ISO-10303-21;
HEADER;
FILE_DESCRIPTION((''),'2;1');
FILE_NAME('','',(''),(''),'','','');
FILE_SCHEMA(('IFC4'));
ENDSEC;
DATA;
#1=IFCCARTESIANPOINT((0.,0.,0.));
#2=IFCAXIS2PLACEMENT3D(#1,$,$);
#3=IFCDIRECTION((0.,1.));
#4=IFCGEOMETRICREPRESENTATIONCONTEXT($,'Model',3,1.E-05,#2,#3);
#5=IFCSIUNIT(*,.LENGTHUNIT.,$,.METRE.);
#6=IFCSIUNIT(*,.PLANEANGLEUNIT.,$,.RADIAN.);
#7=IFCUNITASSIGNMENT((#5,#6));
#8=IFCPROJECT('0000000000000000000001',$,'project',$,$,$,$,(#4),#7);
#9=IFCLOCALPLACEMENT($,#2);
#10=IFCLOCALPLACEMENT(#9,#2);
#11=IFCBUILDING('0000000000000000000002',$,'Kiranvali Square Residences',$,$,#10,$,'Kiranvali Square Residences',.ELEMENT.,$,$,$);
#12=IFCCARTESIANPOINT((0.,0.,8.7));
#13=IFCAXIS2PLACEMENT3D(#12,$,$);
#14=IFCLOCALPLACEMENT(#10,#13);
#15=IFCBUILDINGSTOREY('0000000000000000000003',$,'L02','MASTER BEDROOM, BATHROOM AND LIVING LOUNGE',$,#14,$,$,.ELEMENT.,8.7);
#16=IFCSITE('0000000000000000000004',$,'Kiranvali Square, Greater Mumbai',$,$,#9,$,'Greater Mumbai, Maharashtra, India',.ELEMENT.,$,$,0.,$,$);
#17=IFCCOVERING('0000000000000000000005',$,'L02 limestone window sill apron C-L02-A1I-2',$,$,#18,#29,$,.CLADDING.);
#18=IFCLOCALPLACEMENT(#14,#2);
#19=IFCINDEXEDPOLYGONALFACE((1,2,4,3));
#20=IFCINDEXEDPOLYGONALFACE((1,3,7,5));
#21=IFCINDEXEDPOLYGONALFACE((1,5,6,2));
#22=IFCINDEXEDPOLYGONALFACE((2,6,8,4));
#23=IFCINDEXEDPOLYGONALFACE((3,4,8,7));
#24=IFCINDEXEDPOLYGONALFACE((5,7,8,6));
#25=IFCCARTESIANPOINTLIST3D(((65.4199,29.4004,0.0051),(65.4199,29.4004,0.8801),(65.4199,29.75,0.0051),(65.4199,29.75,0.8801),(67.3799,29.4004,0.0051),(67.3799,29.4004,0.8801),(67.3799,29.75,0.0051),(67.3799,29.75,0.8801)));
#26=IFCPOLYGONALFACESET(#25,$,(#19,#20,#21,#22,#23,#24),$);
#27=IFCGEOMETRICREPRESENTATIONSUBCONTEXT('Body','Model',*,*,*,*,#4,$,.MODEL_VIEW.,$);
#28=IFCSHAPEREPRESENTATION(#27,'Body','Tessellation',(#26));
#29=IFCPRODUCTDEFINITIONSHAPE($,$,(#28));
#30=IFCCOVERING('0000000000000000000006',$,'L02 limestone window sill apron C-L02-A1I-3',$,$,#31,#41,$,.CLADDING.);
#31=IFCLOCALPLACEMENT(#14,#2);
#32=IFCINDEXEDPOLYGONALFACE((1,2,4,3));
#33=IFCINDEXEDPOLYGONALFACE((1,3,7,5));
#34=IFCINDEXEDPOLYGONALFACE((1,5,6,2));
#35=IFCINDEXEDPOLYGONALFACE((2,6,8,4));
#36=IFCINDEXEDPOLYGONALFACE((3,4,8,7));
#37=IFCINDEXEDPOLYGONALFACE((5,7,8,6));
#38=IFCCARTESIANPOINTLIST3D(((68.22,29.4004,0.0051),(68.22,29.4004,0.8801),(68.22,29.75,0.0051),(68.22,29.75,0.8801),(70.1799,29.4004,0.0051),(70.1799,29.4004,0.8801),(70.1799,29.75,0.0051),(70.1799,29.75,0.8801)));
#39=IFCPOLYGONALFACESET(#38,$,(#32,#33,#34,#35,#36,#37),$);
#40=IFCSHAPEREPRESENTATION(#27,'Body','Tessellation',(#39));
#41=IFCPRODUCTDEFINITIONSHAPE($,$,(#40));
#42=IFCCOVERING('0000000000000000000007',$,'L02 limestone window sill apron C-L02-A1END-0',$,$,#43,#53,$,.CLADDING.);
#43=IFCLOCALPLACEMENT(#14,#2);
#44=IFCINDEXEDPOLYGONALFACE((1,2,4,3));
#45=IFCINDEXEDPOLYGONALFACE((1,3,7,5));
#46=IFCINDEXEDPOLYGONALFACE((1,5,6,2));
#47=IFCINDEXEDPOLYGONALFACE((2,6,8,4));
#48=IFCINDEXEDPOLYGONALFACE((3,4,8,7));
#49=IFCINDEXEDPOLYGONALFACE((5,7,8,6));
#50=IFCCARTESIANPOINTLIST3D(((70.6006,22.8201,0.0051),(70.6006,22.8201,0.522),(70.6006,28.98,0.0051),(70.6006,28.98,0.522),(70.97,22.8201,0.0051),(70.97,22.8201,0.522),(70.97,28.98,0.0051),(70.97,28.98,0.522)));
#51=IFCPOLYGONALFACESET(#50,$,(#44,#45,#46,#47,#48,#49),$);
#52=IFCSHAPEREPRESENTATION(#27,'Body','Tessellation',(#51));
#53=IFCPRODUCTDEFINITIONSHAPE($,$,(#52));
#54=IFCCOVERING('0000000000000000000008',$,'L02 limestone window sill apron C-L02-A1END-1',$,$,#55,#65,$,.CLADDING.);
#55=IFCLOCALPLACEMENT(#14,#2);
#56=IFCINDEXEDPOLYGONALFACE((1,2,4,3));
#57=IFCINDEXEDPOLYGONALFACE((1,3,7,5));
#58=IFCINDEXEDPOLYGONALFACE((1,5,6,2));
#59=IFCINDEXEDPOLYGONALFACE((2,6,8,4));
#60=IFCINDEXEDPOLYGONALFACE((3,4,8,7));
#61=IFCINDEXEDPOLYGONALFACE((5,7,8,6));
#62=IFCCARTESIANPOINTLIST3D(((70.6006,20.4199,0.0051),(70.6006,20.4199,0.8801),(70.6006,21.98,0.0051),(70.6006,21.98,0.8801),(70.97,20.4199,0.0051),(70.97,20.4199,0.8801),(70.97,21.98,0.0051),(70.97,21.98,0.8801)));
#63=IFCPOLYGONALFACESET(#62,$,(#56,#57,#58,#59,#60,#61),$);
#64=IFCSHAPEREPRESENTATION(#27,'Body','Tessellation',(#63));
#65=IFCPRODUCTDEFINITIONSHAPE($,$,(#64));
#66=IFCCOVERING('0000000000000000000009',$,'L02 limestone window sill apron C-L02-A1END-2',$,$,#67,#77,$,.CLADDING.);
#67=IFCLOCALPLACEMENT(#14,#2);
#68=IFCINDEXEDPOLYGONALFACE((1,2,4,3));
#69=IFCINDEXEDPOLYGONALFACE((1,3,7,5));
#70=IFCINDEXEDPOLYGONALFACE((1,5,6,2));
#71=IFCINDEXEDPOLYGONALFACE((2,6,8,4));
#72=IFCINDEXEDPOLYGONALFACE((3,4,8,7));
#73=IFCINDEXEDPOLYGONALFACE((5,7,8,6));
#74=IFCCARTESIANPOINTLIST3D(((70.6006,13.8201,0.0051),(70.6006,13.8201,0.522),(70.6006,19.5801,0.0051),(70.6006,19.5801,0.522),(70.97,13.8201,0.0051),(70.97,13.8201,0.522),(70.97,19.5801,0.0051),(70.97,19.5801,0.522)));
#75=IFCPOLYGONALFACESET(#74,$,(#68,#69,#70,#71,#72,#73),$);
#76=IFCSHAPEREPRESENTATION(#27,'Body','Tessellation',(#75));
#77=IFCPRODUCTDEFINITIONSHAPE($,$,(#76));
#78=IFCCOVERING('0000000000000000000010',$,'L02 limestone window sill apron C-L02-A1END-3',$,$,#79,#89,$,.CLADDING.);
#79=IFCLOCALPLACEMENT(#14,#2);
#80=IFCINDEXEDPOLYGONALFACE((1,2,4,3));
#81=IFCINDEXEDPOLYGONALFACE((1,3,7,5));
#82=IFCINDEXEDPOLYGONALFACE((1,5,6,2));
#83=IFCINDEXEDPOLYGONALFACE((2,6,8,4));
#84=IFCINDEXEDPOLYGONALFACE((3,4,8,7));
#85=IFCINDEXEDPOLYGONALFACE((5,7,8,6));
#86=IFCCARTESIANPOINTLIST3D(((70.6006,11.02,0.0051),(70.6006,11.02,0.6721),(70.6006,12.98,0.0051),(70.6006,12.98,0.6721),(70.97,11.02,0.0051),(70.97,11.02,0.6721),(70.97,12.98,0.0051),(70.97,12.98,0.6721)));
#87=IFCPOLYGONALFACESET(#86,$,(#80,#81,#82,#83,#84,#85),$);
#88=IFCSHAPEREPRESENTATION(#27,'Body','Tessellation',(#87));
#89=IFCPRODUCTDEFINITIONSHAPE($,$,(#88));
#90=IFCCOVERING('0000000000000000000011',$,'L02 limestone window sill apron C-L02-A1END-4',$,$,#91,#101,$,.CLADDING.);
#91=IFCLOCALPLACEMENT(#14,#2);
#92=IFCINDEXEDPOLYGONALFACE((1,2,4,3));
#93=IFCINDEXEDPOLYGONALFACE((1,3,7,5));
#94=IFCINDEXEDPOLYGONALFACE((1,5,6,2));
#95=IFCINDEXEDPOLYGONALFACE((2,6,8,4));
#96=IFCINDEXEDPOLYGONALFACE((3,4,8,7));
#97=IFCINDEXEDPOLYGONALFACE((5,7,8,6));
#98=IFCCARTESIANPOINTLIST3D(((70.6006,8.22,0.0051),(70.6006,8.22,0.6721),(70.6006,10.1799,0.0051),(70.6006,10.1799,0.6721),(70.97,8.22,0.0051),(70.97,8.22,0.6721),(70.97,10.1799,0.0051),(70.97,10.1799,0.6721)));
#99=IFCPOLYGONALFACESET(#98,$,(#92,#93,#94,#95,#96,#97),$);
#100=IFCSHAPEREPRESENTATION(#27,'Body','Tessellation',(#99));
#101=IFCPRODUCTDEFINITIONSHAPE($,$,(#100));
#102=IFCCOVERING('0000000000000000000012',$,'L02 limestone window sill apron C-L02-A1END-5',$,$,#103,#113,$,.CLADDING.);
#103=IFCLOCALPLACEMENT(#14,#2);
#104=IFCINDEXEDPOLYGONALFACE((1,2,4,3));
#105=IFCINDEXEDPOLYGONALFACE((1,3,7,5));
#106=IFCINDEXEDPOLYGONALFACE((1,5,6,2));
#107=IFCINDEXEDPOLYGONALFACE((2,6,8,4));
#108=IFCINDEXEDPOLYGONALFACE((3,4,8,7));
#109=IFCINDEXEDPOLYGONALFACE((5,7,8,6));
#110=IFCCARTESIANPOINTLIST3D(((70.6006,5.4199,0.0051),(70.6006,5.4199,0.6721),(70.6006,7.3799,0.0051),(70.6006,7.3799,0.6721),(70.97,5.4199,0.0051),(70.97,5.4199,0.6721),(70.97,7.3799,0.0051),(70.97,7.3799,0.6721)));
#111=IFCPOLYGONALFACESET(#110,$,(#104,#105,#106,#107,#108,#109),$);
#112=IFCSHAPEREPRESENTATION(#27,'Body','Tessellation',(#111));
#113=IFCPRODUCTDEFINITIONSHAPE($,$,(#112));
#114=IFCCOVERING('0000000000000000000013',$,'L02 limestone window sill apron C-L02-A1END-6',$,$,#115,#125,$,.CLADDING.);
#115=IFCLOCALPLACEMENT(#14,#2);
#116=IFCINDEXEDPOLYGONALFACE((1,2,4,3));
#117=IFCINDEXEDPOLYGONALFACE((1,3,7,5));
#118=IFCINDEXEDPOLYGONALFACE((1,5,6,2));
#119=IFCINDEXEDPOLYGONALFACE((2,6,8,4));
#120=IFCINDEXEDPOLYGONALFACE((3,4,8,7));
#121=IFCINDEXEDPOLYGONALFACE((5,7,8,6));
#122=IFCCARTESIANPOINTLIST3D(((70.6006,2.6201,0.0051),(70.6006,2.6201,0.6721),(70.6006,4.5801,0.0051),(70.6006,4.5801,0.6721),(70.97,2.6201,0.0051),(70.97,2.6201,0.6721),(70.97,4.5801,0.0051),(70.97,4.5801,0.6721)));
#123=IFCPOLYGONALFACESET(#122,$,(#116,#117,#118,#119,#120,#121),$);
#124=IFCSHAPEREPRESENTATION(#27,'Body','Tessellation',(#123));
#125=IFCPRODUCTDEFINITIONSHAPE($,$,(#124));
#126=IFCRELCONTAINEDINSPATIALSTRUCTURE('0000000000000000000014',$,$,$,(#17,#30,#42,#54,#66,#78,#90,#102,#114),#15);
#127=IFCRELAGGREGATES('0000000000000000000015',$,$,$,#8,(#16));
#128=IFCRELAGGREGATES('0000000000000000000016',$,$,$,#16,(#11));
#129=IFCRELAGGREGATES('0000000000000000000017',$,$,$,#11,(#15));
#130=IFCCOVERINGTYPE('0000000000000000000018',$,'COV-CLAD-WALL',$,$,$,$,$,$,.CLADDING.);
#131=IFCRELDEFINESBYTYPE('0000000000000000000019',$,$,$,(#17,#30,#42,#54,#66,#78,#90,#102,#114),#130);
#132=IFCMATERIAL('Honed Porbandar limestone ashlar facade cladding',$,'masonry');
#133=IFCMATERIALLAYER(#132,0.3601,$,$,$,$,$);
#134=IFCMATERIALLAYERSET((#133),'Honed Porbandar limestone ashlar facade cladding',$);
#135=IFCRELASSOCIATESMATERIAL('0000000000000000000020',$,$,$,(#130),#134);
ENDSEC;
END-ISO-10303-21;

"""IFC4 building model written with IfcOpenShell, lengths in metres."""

from ifc_helpers import new_model, si_unit, direction, frame, origin, place, context, subcontext, project, spatial, polyline, outline, extrude, material, layer, layer_set, type_object, element, save


model = new_model("IFC4")

# Units and contexts
model_context = context("Model", 3, precision=1e-05, world=origin(), true_north=direction((0.0, 1.0)))
body_context = subcontext(model_context, "Body", "Model", "MODEL_VIEW")
ifc_project = project(units=[si_unit("LENGTHUNIT", "METRE"), si_unit("PLANEANGLEUNIT", "RADIAN")], contexts=[model_context])

# Site, building, storey
site_placement = place(None, origin())
site = spatial("IfcSite", under=ifc_project, at=site_placement, Name="Kiranvali Square, Greater Mumbai", LongName="Greater Mumbai, Maharashtra, India", CompositionType="ELEMENT", RefElevation=0.0)
building_placement = place(site_placement, origin())
building = spatial("IfcBuilding", under=site, at=building_placement, Name="Kiranvali Square Residences", LongName="Kiranvali Square Residences", CompositionType="ELEMENT")
storey_placement = place(building_placement, frame((0.0, 0.0, 8.7)))
storey = spatial("IfcBuildingStorey", under=building, at=storey_placement, Name="L02", Description="MASTER BEDROOM, BATHROOM AND LIVING LOUNGE", CompositionType="ELEMENT", Elevation=8.7)

# Coverings
ifc_material = material(Name="Honed Porbandar limestone ashlar facade cladding", Category="masonry")
ifc_layer_1 = layer(ifc_material, 0.3601)
ifc_layer_set_1 = layer_set([ifc_layer_1], Name="Honed Porbandar limestone ashlar facade cladding")
covering_type_1 = type_object("IfcCoveringType", Name="COV-CLAD-WALL", PredefinedType="CLADDING", material=ifc_layer_set_1)
covering_1_placement = place(storey_placement, frame((0.0, 0.0, 0.0051)))
element("IfcCovering", 1, at=covering_1_placement, inside=storey, type_object=covering_type_1, Name="L02 limestone window sill apron C-L02-A1I-2", PredefinedType="CLADDING", context=body_context, shape_type="SweptSolid", body=[
    extrude(outline(polyline([(65.4199, 29.4004), (67.3799, 29.4004), (67.3799, 29.75), (65.4199, 29.75), (65.4199, 29.4004)])), origin(), (0.0, 0.0, 1.0), 0.875),
])
covering_2_placement = place(storey_placement, frame((0.0, 0.0, 0.0051)))
element("IfcCovering", 2, at=covering_2_placement, inside=storey, type_object=covering_type_1, Name="L02 limestone window sill apron C-L02-A1I-3", PredefinedType="CLADDING", context=body_context, shape_type="SweptSolid", body=[
    extrude(outline(polyline([(68.22, 29.4004), (70.1799, 29.4004), (70.1799, 29.75), (68.22, 29.75), (68.22, 29.4004)])), origin(), (0.0, 0.0, 1.0), 0.875),
])
covering_3_placement = place(storey_placement, frame((0.0, 0.0, 0.0051)))
element("IfcCovering", 3, at=covering_3_placement, inside=storey, type_object=covering_type_1, Name="L02 limestone window sill apron C-L02-A1END-0", PredefinedType="CLADDING", context=body_context, shape_type="SweptSolid", body=[
    extrude(outline(polyline([(70.6006, 28.98), (70.6006, 22.8201), (70.97, 22.8201), (70.97, 28.98), (70.6006, 28.98)])), origin(), (0.0, 0.0, 1.0), 0.5168),
])
covering_4_placement = place(storey_placement, frame((0.0, 0.0, 0.0051)))
element("IfcCovering", 4, at=covering_4_placement, inside=storey, type_object=covering_type_1, Name="L02 limestone window sill apron C-L02-A1END-1", PredefinedType="CLADDING", context=body_context, shape_type="SweptSolid", body=[
    extrude(outline(polyline([(70.6006, 21.98), (70.6006, 20.4199), (70.97, 20.4199), (70.97, 21.98), (70.6006, 21.98)])), origin(), (0.0, 0.0, 1.0), 0.875),
])
covering_5_placement = place(storey_placement, frame((0.0, 0.0, 0.0051)))
element("IfcCovering", 5, at=covering_5_placement, inside=storey, type_object=covering_type_1, Name="L02 limestone window sill apron C-L02-A1END-2", PredefinedType="CLADDING", context=body_context, shape_type="SweptSolid", body=[
    extrude(outline(polyline([(70.6006, 19.5801), (70.6006, 13.8201), (70.97, 13.8201), (70.97, 19.5801), (70.6006, 19.5801)])), origin(), (0.0, 0.0, 1.0), 0.5168),
])
covering_6_placement = place(storey_placement, frame((0.0, 0.0, 0.0051)))
element("IfcCovering", 6, at=covering_6_placement, inside=storey, type_object=covering_type_1, Name="L02 limestone window sill apron C-L02-A1END-3", PredefinedType="CLADDING", context=body_context, shape_type="SweptSolid", body=[
    extrude(outline(polyline([(70.6006, 12.98), (70.6006, 11.02), (70.97, 11.02), (70.97, 12.98), (70.6006, 12.98)])), origin(), (0.0, 0.0, 1.0), 0.667),
])
covering_7_placement = place(storey_placement, frame((0.0, 0.0, 0.0051)))
element("IfcCovering", 7, at=covering_7_placement, inside=storey, type_object=covering_type_1, Name="L02 limestone window sill apron C-L02-A1END-4", PredefinedType="CLADDING", context=body_context, shape_type="SweptSolid", body=[
    extrude(outline(polyline([(70.6006, 10.1799), (70.6006, 8.22), (70.97, 8.22), (70.97, 10.1799), (70.6006, 10.1799)])), origin(), (0.0, 0.0, 1.0), 0.667),
])
covering_8_placement = place(storey_placement, frame((0.0, 0.0, 0.0051)))
element("IfcCovering", 8, at=covering_8_placement, inside=storey, type_object=covering_type_1, Name="L02 limestone window sill apron C-L02-A1END-5", PredefinedType="CLADDING", context=body_context, shape_type="SweptSolid", body=[
    extrude(outline(polyline([(70.6006, 7.3799), (70.6006, 5.4199), (70.97, 5.4199), (70.97, 7.3799), (70.6006, 7.3799)])), origin(), (0.0, 0.0, 1.0), 0.667),
])
covering_9_placement = place(storey_placement, frame((0.0, 0.0, 0.0051)))
element("IfcCovering", 9, at=covering_9_placement, inside=storey, type_object=covering_type_1, Name="L02 limestone window sill apron C-L02-A1END-6", PredefinedType="CLADDING", context=body_context, shape_type="SweptSolid", body=[
    extrude(outline(polyline([(70.6006, 4.5801), (70.6006, 2.6201), (70.97, 2.6201), (70.97, 4.5801), (70.6006, 4.5801)])), origin(), (0.0, 0.0, 1.0), 0.667),
])

save(model, "model.ifc")
